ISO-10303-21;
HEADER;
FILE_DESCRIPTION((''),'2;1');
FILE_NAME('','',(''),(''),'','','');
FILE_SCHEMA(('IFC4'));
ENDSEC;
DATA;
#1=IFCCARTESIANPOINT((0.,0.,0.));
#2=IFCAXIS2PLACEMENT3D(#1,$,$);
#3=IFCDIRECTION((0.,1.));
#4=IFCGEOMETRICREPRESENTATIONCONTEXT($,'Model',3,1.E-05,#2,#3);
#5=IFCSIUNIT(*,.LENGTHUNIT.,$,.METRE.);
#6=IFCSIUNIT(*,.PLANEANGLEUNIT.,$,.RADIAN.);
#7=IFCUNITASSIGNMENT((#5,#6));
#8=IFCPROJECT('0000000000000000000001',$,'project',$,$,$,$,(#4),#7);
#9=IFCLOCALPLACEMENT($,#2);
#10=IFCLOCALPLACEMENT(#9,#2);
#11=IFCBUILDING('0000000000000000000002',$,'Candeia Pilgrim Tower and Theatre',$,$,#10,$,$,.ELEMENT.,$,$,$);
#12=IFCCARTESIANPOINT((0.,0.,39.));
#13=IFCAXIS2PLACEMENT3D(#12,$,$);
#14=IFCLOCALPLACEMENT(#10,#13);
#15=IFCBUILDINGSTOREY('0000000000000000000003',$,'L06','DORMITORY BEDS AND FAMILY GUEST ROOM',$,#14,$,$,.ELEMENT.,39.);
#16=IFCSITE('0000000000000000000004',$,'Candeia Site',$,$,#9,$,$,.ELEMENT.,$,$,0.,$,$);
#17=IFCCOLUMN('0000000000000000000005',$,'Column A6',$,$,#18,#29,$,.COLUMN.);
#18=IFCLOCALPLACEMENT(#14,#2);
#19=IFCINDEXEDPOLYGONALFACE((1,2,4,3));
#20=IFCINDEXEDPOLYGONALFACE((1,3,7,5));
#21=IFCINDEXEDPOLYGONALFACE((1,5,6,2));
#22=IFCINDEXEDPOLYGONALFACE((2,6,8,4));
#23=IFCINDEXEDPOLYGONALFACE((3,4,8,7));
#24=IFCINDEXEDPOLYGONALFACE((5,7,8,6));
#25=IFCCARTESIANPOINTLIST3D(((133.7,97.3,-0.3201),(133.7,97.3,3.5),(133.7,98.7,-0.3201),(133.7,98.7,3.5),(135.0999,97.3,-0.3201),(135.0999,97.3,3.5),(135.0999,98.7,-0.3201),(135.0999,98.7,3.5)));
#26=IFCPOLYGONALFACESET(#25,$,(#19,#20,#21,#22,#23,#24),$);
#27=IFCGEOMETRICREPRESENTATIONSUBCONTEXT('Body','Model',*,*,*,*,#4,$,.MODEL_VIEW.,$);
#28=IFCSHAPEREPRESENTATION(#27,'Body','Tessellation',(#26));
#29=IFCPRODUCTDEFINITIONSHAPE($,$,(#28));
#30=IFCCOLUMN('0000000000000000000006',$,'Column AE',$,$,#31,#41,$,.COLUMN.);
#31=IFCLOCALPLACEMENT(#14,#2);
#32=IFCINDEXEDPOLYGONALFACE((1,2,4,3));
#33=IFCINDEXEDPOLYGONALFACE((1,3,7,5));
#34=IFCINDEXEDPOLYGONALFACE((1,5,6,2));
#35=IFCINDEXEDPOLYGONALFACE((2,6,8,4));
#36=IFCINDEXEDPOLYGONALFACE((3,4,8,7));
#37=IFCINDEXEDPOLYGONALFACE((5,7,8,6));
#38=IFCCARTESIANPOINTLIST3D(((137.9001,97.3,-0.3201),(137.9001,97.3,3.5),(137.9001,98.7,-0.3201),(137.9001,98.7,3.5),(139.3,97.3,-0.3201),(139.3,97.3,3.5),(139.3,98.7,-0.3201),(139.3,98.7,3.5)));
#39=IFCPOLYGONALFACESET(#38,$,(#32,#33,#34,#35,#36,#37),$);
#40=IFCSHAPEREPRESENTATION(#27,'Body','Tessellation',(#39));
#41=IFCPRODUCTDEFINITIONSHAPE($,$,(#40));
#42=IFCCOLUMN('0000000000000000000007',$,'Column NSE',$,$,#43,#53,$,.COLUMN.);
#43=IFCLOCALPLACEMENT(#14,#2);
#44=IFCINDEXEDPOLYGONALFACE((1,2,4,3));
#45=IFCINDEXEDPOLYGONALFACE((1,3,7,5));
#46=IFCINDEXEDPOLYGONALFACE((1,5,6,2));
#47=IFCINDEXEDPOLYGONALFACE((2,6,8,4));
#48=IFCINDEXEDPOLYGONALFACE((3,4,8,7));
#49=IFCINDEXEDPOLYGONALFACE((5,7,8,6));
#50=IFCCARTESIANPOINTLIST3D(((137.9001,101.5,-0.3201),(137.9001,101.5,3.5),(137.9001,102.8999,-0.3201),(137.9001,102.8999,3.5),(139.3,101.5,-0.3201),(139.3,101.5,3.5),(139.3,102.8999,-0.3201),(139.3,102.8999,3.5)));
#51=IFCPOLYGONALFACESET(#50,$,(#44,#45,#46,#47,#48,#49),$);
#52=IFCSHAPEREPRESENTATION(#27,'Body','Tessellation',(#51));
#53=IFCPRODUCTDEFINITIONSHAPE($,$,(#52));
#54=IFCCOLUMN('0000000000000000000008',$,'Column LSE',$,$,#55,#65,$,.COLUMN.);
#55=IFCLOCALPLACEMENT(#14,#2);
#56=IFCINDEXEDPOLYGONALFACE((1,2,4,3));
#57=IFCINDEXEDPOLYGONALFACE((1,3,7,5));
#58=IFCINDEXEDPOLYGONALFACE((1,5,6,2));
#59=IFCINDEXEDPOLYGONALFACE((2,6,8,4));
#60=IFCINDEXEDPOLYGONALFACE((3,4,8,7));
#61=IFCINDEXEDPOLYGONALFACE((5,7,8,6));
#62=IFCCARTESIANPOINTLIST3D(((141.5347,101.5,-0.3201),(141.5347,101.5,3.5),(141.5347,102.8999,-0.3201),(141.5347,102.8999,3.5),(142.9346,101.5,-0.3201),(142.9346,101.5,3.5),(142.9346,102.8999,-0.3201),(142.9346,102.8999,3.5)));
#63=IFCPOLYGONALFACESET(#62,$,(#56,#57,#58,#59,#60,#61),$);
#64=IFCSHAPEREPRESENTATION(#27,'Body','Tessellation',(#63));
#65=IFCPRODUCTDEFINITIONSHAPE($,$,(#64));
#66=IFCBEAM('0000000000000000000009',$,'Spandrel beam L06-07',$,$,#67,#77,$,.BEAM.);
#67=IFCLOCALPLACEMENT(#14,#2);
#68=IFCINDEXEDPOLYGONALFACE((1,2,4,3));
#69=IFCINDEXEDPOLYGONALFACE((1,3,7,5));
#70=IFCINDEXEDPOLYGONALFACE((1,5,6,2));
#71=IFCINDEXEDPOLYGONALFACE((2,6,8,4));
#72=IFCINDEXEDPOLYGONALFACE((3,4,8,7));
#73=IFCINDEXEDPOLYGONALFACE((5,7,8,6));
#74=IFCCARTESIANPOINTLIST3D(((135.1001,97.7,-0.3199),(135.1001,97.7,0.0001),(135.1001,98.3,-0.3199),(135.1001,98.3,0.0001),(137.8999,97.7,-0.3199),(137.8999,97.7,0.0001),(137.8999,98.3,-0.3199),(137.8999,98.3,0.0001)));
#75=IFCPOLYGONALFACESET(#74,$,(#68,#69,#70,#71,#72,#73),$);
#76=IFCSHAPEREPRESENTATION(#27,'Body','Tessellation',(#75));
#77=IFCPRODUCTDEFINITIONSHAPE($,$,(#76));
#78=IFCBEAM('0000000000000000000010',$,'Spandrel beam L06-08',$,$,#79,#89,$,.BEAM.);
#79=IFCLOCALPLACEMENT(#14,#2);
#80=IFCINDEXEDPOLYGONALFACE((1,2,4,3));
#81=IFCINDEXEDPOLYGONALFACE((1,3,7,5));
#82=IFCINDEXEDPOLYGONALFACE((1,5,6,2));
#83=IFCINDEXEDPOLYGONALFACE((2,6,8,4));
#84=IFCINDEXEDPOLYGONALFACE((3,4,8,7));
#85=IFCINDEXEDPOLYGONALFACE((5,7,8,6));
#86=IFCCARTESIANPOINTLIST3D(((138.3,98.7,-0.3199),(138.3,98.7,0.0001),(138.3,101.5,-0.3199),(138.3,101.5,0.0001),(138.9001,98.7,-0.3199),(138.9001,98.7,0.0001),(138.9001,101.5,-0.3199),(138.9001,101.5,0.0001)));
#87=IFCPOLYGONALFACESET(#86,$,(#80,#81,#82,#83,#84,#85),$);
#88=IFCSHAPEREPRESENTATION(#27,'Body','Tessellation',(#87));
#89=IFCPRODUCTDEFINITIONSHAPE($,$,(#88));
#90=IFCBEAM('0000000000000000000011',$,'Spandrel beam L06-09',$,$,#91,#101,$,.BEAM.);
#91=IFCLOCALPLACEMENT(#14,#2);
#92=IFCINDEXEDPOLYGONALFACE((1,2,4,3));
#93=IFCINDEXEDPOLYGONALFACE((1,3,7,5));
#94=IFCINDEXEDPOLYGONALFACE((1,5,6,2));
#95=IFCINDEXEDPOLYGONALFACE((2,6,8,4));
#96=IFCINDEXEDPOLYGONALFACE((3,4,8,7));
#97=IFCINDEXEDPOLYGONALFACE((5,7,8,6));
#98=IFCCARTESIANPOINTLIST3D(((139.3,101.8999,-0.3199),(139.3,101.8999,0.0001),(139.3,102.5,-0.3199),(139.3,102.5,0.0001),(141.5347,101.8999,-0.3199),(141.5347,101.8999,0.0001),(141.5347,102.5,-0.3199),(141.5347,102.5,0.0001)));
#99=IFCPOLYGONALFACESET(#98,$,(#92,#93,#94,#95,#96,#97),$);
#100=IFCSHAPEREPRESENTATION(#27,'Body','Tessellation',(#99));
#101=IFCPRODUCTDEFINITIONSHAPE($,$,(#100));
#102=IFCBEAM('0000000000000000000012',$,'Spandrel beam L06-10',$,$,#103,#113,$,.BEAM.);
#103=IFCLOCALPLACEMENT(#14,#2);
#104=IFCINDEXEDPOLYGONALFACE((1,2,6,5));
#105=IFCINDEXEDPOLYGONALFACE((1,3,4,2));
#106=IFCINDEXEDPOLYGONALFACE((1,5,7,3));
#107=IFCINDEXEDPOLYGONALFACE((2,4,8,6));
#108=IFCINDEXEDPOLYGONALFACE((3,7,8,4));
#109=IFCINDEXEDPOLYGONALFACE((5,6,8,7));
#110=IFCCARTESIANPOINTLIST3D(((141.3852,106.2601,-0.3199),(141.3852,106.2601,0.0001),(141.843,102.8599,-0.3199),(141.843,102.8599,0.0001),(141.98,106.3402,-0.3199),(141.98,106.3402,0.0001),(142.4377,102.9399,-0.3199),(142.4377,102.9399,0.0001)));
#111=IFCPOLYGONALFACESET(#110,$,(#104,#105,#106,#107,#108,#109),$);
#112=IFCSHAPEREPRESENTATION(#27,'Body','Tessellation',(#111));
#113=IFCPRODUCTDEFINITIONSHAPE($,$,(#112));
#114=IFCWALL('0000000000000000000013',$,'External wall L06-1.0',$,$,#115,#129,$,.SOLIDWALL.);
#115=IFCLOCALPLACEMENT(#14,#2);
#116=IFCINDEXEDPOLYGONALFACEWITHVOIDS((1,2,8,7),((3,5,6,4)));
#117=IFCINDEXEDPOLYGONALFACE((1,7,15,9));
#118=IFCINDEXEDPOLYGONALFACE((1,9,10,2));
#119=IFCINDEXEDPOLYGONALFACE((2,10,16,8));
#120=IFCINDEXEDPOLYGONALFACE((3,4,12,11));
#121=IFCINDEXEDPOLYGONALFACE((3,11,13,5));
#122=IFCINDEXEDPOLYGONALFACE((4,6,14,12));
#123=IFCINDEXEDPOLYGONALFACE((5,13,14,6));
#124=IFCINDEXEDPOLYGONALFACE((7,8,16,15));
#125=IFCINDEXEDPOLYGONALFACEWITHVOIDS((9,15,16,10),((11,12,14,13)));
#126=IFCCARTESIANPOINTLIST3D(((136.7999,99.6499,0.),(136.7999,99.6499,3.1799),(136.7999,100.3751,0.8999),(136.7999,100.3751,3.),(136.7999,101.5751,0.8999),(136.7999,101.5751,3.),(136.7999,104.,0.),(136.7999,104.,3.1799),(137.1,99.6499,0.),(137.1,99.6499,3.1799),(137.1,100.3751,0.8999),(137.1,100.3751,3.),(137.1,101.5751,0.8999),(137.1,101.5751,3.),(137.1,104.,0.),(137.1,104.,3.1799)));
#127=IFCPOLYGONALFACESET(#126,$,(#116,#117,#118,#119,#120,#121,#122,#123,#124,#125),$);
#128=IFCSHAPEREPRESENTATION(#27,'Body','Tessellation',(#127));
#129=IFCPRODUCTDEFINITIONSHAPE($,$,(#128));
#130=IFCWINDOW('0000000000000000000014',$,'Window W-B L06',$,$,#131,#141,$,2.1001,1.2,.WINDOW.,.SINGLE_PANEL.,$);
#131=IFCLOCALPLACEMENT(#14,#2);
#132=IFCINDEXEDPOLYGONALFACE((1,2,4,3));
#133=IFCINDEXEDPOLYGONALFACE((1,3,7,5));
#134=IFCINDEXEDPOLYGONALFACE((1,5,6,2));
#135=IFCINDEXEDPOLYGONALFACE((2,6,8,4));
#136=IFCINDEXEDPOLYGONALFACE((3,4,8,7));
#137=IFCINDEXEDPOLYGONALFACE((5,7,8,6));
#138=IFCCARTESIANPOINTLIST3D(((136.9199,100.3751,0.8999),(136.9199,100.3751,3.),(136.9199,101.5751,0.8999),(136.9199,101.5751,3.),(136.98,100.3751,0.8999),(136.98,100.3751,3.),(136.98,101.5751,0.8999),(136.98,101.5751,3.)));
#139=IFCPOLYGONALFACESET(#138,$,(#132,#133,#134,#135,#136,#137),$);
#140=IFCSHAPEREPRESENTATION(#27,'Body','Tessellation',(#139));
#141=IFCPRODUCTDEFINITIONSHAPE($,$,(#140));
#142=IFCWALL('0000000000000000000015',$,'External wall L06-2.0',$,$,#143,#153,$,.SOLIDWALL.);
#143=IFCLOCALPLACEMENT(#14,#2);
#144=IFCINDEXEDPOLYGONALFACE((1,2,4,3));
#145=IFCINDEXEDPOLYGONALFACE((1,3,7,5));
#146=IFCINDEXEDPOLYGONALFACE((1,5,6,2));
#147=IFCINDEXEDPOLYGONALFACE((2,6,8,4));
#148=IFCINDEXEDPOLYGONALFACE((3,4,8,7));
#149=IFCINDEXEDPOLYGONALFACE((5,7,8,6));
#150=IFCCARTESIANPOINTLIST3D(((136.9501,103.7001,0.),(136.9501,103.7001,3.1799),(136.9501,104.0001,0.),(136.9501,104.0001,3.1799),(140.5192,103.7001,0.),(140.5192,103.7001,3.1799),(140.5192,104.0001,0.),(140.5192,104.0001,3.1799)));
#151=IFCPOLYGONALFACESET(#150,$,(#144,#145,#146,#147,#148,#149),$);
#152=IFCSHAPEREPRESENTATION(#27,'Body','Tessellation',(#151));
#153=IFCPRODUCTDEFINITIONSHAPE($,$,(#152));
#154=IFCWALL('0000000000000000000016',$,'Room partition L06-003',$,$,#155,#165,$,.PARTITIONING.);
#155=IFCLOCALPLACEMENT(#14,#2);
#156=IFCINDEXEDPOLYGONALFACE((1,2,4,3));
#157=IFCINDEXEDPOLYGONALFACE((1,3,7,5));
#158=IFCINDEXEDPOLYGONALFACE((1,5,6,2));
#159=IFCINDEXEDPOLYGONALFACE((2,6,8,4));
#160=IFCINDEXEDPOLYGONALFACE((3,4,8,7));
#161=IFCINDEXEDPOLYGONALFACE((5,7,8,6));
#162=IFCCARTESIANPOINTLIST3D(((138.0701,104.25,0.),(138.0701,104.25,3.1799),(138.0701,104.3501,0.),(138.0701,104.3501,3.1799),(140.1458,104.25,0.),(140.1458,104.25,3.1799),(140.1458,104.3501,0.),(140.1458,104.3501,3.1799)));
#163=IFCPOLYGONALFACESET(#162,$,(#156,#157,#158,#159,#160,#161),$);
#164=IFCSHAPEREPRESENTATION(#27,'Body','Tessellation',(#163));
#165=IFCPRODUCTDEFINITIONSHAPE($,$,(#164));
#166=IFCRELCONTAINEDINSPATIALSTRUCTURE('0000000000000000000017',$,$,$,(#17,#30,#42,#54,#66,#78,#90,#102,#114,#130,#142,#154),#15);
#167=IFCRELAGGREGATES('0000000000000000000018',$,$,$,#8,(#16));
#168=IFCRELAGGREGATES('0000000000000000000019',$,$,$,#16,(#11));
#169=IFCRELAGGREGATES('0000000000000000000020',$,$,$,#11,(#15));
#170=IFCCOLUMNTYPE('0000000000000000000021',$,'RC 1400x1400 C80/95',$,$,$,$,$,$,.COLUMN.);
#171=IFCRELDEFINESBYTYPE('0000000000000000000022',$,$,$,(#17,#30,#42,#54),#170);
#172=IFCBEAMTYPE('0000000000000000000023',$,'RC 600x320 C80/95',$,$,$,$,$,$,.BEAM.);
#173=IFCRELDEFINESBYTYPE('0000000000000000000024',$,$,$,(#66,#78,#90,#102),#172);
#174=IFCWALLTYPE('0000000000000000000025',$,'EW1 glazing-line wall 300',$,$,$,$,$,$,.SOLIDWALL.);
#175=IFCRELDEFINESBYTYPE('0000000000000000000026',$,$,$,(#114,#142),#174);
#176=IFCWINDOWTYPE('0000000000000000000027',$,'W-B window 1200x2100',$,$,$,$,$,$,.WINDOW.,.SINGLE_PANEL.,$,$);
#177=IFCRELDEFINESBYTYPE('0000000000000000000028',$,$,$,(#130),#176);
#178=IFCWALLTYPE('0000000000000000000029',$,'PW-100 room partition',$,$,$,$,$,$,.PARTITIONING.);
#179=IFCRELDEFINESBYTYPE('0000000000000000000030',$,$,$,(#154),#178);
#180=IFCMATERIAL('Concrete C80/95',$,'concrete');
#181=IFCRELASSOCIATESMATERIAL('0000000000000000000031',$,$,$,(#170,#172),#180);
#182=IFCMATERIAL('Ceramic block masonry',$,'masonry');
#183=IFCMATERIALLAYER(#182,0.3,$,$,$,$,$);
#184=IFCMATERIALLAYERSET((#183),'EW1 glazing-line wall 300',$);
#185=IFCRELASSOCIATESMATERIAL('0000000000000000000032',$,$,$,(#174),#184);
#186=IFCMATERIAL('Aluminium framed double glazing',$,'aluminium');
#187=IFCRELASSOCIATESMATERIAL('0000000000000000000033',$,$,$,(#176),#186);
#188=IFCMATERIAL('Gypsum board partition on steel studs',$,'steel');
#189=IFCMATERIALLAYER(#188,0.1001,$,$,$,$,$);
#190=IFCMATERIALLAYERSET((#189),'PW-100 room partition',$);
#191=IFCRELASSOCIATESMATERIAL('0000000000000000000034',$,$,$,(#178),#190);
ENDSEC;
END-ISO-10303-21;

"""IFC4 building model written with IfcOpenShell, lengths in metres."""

from ifc_helpers import new_model, si_unit, direction, frame, frame_2d, origin, origin_2d, place, context, subcontext, project, spatial, rectangle, extrude, material, layer, layer_set, material_profile, profile_set, type_object, element, fill, save


model = new_model("IFC4")

# Units and contexts
model_context = context("Model", 3, precision=1e-05, world=origin(), true_north=direction((0.0, 1.0)))
body_context = subcontext(model_context, "Body", "Model", "MODEL_VIEW")
ifc_project = project(units=[si_unit("LENGTHUNIT", "METRE"), si_unit("PLANEANGLEUNIT", "RADIAN")], contexts=[model_context])

# Site, building, storey
site_placement = place(None, origin())
site = spatial("IfcSite", under=ifc_project, at=site_placement, Name="Candeia Site", CompositionType="ELEMENT", RefElevation=0.0)
building_placement = place(site_placement, origin())
building = spatial("IfcBuilding", under=site, at=building_placement, Name="Candeia Pilgrim Tower and Theatre", CompositionType="ELEMENT")
storey_placement = place(building_placement, frame((0.0, 0.0, 39.0)))
storey = spatial("IfcBuildingStorey", under=building, at=storey_placement, Name="L06", Description="DORMITORY BEDS AND FAMILY GUEST ROOM", CompositionType="ELEMENT", Elevation=39.0)

# Columns
ifc_material_1 = material(Name="Concrete C80/95", Category="concrete")
ifc_material_profile_1 = material_profile(ifc_material_1, rectangle(XDim=1.3999, YDim=1.3999, at=origin_2d()))
ifc_profile_set_1 = profile_set([ifc_material_profile_1], Name="Concrete C80/95")
column_type = type_object("IfcColumnType", Name="RC 1400x1400 C80/95", PredefinedType="COLUMN", material=ifc_profile_set_1)
for number, where, z_axis, x_axis, name in (
    (1, (134.3999, 98.0, -0.3201), (0.0, 0.0, 1.0), (1.0, 0.0, 0.0), "Column A6"),
    (2, (138.6001, 98.0, -0.3201), (0.0, 0.0, 1.0), (1.0, 0.0, 0.0), "Column AE"),
    (3, (138.6001, 102.2, -0.3201), (0.0, 0.0, 1.0), (1.0, 0.0, 0.0), "Column NSE"),
    (4, (142.2346, 102.2, -0.3201), (0.0, 0.0, 1.0), (1.0, 0.0, 0.0), "Column LSE"),
):
    element("IfcColumn", number, at=place(storey_placement, frame(where, z_axis=z_axis, x_axis=x_axis)), inside=storey, type_object=column_type, Name=name, PredefinedType="COLUMN", context=body_context, shape_type="SweptSolid", body=[
        extrude(rectangle(XDim=1.3999, YDim=1.3999, at=origin_2d()), origin(), (0.0, 0.0, 1.0), 3.8201),
    ])

# Beams
ifc_material_profile_2 = material_profile(ifc_material_1, rectangle(XDim=0.6001, YDim=0.3201, at=origin_2d()))
ifc_profile_set_2 = profile_set([ifc_material_profile_2], Name="Concrete C80/95")
beam_type = type_object("IfcBeamType", Name="RC 600x320 C80/95", PredefinedType="BEAM", material=ifc_profile_set_2)
beam_1_placement = place(storey_placement, frame((135.1001, 98.0, -0.1599), z_axis=(1.0, 0.0, 0.0), x_axis=(0.0, 1.0, 0.0)))
element("IfcBeam", 5, at=beam_1_placement, inside=storey, type_object=beam_type, Name="Spandrel beam L06-07", PredefinedType="BEAM", context=body_context, shape_type="SweptSolid", body=[
    extrude(rectangle(XDim=0.6001, YDim=0.3201, at=origin_2d()), origin(), (0.0, 0.0, 1.0), 2.7998),
])
beam_2_placement = place(storey_placement, frame((138.6001, 98.7, -0.1599), z_axis=(0.0, 1.0, 0.0), x_axis=(-1.0, 0.0, 0.0)))
element("IfcBeam", 6, at=beam_2_placement, inside=storey, type_object=beam_type, Name="Spandrel beam L06-08", PredefinedType="BEAM", context=body_context, shape_type="SweptSolid", body=[
    extrude(rectangle(XDim=0.6001, YDim=0.3201, at=origin_2d()), origin(), (0.0, 0.0, 1.0), 2.8),
])
beam_3_placement = place(storey_placement, frame((139.3, 102.2, -0.1599), z_axis=(1.0, 0.0, 0.0), x_axis=(0.0, 1.0, 0.0)))
element("IfcBeam", 7, at=beam_3_placement, inside=storey, type_object=beam_type, Name="Spandrel beam L06-09", PredefinedType="BEAM", context=body_context, shape_type="SweptSolid", body=[
    extrude(rectangle(XDim=0.6001, YDim=0.3201, at=origin_2d()), origin(), (0.0, 0.0, 1.0), 2.2346),
])
beam_4_placement = place(storey_placement, frame((142.1404, 102.8999, -0.1599), z_axis=(-0.133427, 0.991059, 0.0), x_axis=(-0.991059, -0.133427, 0.0)))
element("IfcBeam", 8, at=beam_4_placement, inside=storey, type_object=beam_type, Name="Spandrel beam L06-10", PredefinedType="BEAM", context=body_context, shape_type="SweptSolid", body=[
    extrude(rectangle(XDim=0.6001, YDim=0.3201, at=origin_2d()), origin(), (0.0, 0.0, 1.0), 3.4309),
])

# Wall, opening, window
ifc_material_2 = material(Name="Ceramic block masonry", Category="masonry")
ifc_layer_1 = layer(ifc_material_2, 0.3)
ifc_layer_set_1 = layer_set([ifc_layer_1], Name="EW1 glazing-line wall 300")
wall_type_1 = type_object("IfcWallType", Name="EW1 glazing-line wall 300", PredefinedType="SOLIDWALL", material=ifc_layer_set_1)
wall_1_placement = place(storey_placement, frame((136.95, 99.6499, 0.0), z_axis=(0.0, 0.0, 1.0), x_axis=(0.0, 1.0, 0.0)))
wall_1 = element("IfcWall", 9, at=wall_1_placement, inside=storey, type_object=wall_type_1, Name="External wall L06-1.0", PredefinedType="SOLIDWALL", context=body_context, shape_type="SweptSolid", body=[
    extrude(rectangle(XDim=4.3501, YDim=0.3, at=frame_2d((2.175, 0.0))), origin(), (0.0, 0.0, 1.0), 3.1799),
])
opening_1_placement = place(wall_1_placement, frame((0.7251, 0.0, 0.8999)))
opening_1 = element("IfcOpeningElement", 10, at=opening_1_placement, cuts=wall_1, PredefinedType="OPENING", context=body_context, shape_type="SweptSolid", body=[
    extrude(rectangle(XDim=1.2, YDim=2.1001, at=frame_2d((0.6001, 1.05))), frame((0.0, 0.1602, 0.0), z_axis=(0.0, -1.0, 0.0), x_axis=(1.0, 0.0, 0.0)), (0.0, 0.0, 1.0), 0.3201),
])
ifc_material_3 = material(Name="Aluminium framed double glazing", Category="aluminium")
window_type = type_object("IfcWindowType", Name="W-B window 1200x2100", PartitioningType="SINGLE_PANEL", PredefinedType="WINDOW", material=ifc_material_3)
window_1_placement = place(opening_1_placement, origin())
window_1 = element("IfcWindow", 11, at=window_1_placement, inside=storey, type_object=window_type, Name="Window W-B L06", OverallHeight=2.1001, OverallWidth=1.2, PartitioningType="SINGLE_PANEL", PredefinedType="WINDOW", context=body_context, shape_type="SweptSolid", body=[
    extrude(rectangle(XDim=1.2, YDim=2.1001, at=frame_2d((0.6001, 1.05))), frame((0.0, 0.03, 0.0), z_axis=(0.0, -1.0, 0.0), x_axis=(1.0, 0.0, 0.0)), (0.0, 0.0, 1.0), 0.0601),
])
fill(opening_1, window_1)

# Wall
wall_2_placement = place(storey_placement, frame((136.95, 103.8501, 0.0), z_axis=(0.0, 0.0, 1.0), x_axis=(1.0, 0.0, 0.0)))
element("IfcWall", 12, at=wall_2_placement, inside=storey, type_object=wall_type_1, Name="External wall L06-2.0", PredefinedType="SOLIDWALL", context=body_context, shape_type="SweptSolid", body=[
    extrude(rectangle(XDim=3.5691, YDim=0.3, at=frame_2d((1.7847, 0.0))), origin(), (0.0, 0.0, 1.0), 3.1799),
])

# Wall
ifc_material_4 = material(Name="Gypsum board partition on steel studs", Category="steel")
ifc_layer_2 = layer(ifc_material_4, 0.1001)
ifc_layer_set_2 = layer_set([ifc_layer_2], Name="PW-100 room partition")
wall_type_2 = type_object("IfcWallType", Name="PW-100 room partition", PredefinedType="PARTITIONING", material=ifc_layer_set_2)
wall_3_placement = place(storey_placement, frame((138.0701, 104.3, 0.0), z_axis=(0.0, 0.0, 1.0), x_axis=(1.0, 0.0, 0.0)))
element("IfcWall", 13, at=wall_3_placement, inside=storey, type_object=wall_type_2, Name="Room partition L06-003", PredefinedType="PARTITIONING", context=body_context, shape_type="SweptSolid", body=[
    extrude(rectangle(XDim=2.0757, YDim=0.1001, at=frame_2d((1.0378, 0.0))), origin(), (0.0, 0.0, 1.0), 3.1799),
])

save(model, "model.ifc")
